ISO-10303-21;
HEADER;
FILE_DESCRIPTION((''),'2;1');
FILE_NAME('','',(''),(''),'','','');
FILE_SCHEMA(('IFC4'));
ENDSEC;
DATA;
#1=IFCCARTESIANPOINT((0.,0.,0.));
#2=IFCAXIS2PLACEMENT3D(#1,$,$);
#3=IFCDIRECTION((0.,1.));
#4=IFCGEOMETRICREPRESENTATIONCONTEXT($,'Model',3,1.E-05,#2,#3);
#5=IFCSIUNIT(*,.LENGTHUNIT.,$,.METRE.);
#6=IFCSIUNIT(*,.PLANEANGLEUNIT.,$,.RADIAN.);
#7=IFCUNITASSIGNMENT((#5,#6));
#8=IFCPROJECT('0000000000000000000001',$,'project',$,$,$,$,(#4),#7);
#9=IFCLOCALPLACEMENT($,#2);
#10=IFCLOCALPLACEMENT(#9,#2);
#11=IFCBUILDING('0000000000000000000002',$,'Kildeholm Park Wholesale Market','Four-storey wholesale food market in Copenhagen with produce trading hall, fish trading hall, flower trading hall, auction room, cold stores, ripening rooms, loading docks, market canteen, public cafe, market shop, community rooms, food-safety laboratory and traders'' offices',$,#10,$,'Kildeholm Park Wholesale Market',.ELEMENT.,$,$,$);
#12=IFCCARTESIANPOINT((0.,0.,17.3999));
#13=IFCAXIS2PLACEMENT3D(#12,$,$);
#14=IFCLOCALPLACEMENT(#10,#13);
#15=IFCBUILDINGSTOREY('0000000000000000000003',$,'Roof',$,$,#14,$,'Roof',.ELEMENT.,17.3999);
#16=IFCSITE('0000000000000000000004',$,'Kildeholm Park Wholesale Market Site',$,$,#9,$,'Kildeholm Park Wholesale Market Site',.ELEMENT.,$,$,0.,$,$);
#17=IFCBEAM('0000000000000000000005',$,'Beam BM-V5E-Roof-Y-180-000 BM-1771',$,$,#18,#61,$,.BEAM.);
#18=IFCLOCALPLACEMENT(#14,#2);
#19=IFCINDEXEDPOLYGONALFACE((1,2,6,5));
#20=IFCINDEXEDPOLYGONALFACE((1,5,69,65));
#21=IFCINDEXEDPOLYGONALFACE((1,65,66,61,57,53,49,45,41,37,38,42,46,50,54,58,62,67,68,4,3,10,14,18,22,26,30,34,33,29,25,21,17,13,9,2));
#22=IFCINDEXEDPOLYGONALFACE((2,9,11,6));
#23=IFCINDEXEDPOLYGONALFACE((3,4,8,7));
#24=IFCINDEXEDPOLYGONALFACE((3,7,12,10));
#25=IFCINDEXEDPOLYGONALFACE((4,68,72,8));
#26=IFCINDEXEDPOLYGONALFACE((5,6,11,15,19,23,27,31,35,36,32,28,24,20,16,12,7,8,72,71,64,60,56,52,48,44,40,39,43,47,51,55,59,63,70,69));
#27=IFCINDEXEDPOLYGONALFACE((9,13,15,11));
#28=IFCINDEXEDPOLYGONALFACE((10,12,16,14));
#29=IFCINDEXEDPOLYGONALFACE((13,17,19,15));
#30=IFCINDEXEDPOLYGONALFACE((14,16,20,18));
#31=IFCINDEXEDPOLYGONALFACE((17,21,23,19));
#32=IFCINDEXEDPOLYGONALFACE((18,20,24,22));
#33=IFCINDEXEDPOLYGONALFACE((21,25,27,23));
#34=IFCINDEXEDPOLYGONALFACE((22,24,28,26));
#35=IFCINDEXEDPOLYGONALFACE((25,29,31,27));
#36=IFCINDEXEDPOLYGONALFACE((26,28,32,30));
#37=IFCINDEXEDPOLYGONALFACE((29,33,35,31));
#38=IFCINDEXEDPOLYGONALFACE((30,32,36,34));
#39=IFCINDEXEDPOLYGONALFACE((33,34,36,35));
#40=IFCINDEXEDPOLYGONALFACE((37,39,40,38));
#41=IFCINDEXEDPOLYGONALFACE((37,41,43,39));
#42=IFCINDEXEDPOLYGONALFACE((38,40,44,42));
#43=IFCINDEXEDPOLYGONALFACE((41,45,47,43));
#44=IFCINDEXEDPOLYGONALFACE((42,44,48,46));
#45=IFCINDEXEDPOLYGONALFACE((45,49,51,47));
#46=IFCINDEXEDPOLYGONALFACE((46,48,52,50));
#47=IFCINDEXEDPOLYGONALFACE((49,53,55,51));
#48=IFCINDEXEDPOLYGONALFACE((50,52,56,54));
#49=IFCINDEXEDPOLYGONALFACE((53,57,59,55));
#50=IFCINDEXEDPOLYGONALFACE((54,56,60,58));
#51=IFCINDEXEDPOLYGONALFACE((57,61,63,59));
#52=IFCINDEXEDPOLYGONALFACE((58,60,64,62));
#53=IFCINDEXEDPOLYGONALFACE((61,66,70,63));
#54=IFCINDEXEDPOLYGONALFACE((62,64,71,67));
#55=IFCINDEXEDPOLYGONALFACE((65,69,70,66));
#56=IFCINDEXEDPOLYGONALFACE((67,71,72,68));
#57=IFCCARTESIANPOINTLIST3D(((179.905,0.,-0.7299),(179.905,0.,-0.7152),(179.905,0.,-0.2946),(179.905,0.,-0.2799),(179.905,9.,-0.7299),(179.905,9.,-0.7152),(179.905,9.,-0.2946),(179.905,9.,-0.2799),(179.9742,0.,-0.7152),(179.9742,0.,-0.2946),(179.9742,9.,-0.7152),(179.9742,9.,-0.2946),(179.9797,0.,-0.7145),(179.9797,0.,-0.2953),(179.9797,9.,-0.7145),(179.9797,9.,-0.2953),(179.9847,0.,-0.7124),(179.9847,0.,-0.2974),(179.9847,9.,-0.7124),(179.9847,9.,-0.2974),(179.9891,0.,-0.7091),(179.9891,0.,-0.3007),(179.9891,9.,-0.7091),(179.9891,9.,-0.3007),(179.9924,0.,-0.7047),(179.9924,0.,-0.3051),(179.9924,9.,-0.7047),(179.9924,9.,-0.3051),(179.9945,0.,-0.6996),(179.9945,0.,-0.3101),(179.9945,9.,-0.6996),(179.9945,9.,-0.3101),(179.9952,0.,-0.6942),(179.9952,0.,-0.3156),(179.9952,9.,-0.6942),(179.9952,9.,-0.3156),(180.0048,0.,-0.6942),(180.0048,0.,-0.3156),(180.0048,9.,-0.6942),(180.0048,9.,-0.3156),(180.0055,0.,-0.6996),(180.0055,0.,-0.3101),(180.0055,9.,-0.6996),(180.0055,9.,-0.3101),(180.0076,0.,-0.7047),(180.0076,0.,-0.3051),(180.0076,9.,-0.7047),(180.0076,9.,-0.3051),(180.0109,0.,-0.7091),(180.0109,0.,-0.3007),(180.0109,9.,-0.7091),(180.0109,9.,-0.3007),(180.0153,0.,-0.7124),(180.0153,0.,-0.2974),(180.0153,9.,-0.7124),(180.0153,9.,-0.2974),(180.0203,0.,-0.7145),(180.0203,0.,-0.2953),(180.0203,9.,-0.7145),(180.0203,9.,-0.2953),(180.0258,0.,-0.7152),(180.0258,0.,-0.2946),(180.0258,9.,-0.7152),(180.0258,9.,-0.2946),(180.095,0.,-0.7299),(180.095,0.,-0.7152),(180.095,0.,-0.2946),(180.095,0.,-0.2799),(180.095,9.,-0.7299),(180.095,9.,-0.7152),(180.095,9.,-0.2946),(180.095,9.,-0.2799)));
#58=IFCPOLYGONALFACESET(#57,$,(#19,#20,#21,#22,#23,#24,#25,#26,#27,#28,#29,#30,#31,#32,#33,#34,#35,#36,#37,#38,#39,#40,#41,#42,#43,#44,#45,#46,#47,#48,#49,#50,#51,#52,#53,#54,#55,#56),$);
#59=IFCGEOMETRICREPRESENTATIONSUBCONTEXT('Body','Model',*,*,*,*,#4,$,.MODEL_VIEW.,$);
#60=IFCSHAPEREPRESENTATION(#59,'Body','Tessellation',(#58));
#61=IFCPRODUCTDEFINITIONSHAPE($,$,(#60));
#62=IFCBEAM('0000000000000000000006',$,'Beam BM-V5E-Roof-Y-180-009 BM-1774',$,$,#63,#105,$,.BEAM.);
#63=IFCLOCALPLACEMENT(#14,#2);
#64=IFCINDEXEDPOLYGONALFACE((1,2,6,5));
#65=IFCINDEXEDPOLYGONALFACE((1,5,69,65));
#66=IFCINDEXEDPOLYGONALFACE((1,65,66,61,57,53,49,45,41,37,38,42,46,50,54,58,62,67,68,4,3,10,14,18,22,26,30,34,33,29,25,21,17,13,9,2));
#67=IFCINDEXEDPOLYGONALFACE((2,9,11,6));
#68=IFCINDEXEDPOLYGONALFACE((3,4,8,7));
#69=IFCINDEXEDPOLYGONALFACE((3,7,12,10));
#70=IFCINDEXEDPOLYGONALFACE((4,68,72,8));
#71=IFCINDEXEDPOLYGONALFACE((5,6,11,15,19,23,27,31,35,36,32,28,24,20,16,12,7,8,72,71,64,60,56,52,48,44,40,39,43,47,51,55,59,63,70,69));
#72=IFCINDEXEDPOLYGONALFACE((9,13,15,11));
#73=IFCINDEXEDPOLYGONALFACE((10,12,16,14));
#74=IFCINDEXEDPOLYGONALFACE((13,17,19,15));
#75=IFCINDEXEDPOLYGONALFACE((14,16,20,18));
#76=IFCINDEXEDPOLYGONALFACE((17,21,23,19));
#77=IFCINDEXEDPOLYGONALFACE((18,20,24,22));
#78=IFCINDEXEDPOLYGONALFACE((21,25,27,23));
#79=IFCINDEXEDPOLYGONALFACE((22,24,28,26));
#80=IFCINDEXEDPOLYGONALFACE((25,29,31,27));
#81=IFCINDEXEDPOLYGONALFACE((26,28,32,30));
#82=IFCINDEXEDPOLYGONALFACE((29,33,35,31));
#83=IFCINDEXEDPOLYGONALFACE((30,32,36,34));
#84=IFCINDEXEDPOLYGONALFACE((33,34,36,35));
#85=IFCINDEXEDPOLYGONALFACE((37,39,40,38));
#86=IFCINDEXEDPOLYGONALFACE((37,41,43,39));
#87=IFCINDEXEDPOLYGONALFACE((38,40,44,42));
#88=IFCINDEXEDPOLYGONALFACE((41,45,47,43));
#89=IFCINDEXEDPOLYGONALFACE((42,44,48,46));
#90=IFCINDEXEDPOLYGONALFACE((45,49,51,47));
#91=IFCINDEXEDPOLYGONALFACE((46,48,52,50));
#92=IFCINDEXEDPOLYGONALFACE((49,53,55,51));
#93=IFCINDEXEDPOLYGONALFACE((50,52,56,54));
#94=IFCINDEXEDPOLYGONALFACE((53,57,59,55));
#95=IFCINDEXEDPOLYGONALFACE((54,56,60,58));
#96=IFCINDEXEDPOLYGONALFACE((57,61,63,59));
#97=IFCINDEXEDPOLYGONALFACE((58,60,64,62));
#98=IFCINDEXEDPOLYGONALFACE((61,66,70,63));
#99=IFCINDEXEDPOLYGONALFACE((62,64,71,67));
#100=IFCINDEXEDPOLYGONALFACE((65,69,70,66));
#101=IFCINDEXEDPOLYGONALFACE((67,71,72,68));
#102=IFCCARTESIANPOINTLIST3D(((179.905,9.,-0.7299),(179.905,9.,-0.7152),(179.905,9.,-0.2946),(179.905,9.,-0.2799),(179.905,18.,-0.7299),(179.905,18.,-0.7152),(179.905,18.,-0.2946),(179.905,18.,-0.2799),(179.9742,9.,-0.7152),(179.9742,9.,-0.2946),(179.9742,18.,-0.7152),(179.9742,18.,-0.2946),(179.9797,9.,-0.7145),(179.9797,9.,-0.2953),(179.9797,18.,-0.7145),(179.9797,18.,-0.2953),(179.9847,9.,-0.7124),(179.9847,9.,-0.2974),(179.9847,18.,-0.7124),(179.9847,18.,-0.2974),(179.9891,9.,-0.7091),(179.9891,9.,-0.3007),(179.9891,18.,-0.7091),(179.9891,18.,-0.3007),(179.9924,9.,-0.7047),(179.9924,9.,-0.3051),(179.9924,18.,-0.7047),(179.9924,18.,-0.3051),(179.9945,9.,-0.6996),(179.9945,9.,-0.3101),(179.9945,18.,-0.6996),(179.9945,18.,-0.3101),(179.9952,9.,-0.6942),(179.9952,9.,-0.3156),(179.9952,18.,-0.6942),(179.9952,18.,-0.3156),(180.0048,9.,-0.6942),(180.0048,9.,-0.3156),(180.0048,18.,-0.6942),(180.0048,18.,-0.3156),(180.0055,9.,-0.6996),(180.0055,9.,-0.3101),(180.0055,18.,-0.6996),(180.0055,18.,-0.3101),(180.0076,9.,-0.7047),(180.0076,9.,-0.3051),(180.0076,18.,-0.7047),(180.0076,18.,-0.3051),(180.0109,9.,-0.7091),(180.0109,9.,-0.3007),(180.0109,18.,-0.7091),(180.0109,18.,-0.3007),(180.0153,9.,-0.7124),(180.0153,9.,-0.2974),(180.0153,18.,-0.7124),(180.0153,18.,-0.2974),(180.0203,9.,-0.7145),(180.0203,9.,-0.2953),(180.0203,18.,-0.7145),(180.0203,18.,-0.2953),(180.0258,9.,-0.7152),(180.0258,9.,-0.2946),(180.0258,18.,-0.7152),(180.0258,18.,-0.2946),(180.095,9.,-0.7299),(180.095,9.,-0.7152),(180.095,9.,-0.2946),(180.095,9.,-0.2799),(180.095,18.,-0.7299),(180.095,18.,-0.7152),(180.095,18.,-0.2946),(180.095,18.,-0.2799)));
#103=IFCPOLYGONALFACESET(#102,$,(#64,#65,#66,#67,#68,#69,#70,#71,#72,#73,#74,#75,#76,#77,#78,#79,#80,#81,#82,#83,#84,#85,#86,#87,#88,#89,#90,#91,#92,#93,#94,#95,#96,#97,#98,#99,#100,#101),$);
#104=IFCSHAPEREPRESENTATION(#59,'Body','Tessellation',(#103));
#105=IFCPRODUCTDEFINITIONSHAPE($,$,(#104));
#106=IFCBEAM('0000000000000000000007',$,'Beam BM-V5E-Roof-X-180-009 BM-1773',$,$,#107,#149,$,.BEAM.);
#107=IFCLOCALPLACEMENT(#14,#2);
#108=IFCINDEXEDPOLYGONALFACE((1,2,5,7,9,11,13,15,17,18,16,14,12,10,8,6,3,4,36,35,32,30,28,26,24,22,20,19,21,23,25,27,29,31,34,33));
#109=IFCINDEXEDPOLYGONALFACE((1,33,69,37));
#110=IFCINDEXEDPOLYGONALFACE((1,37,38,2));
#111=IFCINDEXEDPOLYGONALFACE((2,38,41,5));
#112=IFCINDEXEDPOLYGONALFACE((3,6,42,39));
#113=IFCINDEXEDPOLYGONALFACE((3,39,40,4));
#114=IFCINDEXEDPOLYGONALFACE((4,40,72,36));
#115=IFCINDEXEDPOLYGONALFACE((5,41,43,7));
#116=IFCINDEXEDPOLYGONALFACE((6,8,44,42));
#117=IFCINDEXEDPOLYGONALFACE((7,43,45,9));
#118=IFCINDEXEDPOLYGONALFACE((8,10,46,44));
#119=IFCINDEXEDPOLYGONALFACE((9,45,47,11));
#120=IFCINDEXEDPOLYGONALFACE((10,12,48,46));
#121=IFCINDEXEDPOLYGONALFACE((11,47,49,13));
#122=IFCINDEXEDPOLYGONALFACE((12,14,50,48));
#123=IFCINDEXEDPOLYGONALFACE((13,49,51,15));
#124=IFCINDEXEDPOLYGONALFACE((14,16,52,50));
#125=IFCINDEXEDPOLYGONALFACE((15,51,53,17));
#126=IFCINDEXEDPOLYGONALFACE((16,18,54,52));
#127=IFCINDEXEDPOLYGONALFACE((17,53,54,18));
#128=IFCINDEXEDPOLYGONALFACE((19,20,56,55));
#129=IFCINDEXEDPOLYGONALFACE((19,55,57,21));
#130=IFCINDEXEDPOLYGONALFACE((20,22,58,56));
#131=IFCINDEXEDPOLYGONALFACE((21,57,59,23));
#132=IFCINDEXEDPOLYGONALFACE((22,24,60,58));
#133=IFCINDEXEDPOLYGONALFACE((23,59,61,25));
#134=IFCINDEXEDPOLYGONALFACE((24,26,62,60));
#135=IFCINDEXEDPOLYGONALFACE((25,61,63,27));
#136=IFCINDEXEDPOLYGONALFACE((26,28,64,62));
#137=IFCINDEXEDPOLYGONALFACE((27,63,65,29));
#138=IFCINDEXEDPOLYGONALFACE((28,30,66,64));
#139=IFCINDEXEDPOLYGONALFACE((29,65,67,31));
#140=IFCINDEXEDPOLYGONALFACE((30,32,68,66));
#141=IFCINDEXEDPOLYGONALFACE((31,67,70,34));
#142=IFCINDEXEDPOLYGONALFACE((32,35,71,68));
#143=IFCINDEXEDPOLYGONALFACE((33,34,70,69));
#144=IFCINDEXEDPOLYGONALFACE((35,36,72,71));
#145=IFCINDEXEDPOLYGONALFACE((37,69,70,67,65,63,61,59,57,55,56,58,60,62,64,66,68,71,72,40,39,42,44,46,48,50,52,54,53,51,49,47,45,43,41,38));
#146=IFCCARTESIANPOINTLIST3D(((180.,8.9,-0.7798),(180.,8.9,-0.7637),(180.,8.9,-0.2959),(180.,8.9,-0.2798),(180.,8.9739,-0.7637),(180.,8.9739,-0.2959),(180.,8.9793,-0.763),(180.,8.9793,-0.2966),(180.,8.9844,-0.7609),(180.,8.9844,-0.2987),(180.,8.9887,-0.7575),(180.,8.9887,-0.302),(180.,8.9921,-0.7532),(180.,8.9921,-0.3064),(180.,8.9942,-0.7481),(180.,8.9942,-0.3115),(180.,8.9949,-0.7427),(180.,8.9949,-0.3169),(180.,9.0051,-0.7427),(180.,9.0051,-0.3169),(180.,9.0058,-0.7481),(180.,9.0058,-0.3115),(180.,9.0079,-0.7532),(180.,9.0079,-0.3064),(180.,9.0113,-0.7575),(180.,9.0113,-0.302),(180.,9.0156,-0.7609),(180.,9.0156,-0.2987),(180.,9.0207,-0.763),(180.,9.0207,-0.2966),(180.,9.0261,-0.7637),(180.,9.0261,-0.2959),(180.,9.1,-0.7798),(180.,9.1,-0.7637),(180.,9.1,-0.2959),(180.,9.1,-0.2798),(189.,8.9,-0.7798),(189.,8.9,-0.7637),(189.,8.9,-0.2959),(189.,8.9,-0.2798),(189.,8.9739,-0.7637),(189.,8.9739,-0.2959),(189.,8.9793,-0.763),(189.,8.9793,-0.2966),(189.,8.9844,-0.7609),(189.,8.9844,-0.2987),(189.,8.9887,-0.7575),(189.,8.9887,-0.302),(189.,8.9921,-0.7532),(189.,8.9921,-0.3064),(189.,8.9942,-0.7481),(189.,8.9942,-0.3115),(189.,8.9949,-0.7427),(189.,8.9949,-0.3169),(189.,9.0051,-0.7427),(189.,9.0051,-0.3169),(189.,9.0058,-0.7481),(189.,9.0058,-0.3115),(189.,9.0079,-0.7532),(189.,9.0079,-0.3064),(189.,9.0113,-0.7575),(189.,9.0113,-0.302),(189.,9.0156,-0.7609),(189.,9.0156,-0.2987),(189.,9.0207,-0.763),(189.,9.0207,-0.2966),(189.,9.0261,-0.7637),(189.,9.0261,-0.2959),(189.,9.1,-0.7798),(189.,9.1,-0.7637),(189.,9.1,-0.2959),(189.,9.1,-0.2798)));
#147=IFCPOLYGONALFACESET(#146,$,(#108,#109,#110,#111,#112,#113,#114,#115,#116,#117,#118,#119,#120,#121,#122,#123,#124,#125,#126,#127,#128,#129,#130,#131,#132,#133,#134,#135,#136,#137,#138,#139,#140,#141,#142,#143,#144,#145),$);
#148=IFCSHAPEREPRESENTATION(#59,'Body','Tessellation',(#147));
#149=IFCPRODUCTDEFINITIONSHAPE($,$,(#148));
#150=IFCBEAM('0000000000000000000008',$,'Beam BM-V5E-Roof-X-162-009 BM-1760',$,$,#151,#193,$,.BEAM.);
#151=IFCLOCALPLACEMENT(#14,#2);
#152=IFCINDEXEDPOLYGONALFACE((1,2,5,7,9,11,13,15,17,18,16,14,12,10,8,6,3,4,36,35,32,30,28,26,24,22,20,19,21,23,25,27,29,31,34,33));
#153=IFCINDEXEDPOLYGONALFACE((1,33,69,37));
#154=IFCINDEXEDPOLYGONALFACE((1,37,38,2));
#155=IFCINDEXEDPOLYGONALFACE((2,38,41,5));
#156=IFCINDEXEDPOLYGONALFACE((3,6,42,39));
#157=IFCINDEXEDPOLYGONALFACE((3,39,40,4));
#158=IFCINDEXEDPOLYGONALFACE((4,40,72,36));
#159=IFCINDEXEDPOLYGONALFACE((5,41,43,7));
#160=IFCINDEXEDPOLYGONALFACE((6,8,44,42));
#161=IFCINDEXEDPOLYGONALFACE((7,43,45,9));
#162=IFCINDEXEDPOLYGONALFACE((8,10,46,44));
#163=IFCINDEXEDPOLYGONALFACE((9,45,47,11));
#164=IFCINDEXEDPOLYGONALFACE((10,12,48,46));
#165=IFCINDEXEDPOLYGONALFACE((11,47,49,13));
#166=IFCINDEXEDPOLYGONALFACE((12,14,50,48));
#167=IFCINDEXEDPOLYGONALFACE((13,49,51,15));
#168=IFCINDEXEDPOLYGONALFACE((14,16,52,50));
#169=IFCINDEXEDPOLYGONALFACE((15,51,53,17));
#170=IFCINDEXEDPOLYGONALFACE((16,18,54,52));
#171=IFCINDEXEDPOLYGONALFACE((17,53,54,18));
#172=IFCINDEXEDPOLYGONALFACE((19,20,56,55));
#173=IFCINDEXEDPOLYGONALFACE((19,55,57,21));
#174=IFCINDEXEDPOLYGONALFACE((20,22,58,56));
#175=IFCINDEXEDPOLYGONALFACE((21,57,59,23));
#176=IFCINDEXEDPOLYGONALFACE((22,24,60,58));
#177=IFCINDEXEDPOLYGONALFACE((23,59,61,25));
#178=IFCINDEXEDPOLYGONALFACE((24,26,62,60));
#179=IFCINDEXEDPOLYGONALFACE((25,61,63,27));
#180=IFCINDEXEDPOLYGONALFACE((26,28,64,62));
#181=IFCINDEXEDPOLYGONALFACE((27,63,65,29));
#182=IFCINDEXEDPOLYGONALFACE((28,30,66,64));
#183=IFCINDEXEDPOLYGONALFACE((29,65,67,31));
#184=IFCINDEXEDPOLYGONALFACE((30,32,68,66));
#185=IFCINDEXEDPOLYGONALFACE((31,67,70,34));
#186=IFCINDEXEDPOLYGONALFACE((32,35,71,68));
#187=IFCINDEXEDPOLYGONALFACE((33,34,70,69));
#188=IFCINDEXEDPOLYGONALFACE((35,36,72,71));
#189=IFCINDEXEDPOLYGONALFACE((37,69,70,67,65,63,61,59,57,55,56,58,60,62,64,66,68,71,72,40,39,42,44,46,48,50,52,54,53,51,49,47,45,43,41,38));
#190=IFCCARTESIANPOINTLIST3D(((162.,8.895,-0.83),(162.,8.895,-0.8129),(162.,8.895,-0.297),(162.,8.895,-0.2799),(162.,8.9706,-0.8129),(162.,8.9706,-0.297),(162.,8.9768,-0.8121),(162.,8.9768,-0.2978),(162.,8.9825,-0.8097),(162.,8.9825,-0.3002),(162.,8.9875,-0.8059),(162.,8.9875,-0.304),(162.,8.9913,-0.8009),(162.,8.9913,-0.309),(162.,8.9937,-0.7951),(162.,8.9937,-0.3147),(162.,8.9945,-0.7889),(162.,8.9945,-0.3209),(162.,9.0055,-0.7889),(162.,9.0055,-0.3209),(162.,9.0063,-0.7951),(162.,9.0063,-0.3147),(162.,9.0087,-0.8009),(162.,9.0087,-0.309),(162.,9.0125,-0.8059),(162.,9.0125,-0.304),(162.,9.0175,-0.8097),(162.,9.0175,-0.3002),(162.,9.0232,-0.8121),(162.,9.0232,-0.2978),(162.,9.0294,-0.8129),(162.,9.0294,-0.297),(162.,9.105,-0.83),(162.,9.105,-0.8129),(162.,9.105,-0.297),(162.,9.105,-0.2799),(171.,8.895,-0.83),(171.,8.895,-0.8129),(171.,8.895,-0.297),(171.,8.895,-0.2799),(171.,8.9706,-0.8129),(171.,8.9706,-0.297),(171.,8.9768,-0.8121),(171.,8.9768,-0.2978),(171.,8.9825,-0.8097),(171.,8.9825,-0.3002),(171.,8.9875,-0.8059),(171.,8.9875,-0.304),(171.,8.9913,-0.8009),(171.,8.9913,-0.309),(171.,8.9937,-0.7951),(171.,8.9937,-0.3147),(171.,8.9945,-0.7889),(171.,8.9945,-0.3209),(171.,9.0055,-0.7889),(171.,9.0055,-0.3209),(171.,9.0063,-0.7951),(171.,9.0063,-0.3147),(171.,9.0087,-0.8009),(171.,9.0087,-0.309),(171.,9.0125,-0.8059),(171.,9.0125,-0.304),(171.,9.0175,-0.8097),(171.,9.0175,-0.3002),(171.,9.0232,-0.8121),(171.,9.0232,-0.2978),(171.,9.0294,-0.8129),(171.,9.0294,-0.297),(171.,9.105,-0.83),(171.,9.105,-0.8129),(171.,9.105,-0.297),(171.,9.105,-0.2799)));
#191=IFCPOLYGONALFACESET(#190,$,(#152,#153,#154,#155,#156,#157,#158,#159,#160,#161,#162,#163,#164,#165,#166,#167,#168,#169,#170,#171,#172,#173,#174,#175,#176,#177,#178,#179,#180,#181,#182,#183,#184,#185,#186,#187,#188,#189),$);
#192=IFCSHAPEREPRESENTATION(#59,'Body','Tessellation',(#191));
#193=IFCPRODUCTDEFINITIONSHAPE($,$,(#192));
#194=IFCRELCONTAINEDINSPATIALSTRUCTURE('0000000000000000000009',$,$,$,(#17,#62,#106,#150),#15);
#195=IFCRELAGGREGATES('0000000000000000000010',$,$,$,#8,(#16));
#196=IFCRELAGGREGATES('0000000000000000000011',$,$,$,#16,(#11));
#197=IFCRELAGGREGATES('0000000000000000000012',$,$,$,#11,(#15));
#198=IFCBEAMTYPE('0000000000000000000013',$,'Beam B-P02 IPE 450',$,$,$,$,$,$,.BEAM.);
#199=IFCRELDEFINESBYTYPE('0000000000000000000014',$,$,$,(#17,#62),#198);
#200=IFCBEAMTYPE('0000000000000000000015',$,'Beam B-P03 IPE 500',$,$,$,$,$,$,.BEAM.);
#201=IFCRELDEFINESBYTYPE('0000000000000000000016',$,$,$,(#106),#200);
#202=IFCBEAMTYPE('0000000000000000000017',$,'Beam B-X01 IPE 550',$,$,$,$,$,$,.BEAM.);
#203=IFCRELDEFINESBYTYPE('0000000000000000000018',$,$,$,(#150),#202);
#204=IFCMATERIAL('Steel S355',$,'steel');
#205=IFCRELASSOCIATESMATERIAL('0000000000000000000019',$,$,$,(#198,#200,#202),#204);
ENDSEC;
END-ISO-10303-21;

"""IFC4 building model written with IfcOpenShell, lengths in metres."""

from ifc_helpers import new_model, si_unit, direction, frame, origin, origin_2d, place, context, subcontext, project, spatial, i_section, extrude, material, material_profile, profile_set, type_object, element, save


model = new_model("IFC4")

# Units and contexts
model_context = context("Model", 3, precision=1e-05, world=origin(), true_north=direction((0.0, 1.0)))
body_context = subcontext(model_context, "Body", "Model", "MODEL_VIEW")
ifc_project = project(units=[si_unit("LENGTHUNIT", "METRE"), si_unit("PLANEANGLEUNIT", "RADIAN")], contexts=[model_context])

# Site, building, storey
site_placement = place(None, origin())
site = spatial("IfcSite", under=ifc_project, at=site_placement, Name="Kildeholm Park Wholesale Market Site", LongName="Kildeholm Park Wholesale Market Site", CompositionType="ELEMENT", RefElevation=0.0)
building_placement = place(site_placement, origin())
building = spatial("IfcBuilding", under=site, at=building_placement, Name="Kildeholm Park Wholesale Market", Description="Four-storey wholesale food market in Copenhagen with produce trading hall, fish trading hall, flower trading hall, auction room, cold stores, ripening rooms, loading docks, market canteen, public cafe, market shop, community rooms, food-safety laboratory and traders' offices", LongName="Kildeholm Park Wholesale Market", CompositionType="ELEMENT")
storey_placement = place(building_placement, frame((0.0, 0.0, 17.3999)))
storey = spatial("IfcBuildingStorey", under=building, at=storey_placement, Name="Roof", LongName="Roof", CompositionType="ELEMENT", Elevation=17.3999)

# Beams
ifc_material = material(Name="Steel S355", Category="steel")
ifc_material_profile_1 = material_profile(ifc_material, i_section(OverallWidth=0.1899, OverallDepth=0.45, WebThickness=0.0095, FlangeThickness=0.0146, FilletRadius=0.021, at=origin_2d()), Name="IPE 450")
ifc_profile_set_1 = profile_set([ifc_material_profile_1], Name="Steel S355")
beam_type_1 = type_object("IfcBeamType", Name="Beam B-P02 IPE 450", PredefinedType="BEAM", material=ifc_profile_set_1)
for number, where, z_axis, x_axis, name in (
    (1, (180.0, 0.0, -0.5049), (0.0, 1.0, 0.0), (-1.0, 0.0, 0.0), "Beam BM-V5E-Roof-Y-180-000 BM-1771"),
    (2, (180.0, 9.0, -0.5049), (0.0, 1.0, 0.0), (-1.0, 0.0, 0.0), "Beam BM-V5E-Roof-Y-180-009 BM-1774"),
):
    element("IfcBeam", number, at=place(storey_placement, frame(where, z_axis=z_axis, x_axis=x_axis)), inside=storey, type_object=beam_type_1, Name=name, PredefinedType="BEAM", context=body_context, shape_type="SweptSolid", body=[
        extrude(i_section(OverallWidth=0.1899, OverallDepth=0.45, WebThickness=0.0095, FlangeThickness=0.0146, FilletRadius=0.021, at=origin_2d()), origin(), (0.0, 0.0, 1.0), 9.0),
    ])
ifc_material_profile_2 = material_profile(ifc_material, i_section(OverallWidth=0.2, OverallDepth=0.5, WebThickness=0.0103, FlangeThickness=0.0161, FilletRadius=0.021, at=origin_2d()), Name="IPE 500")
ifc_profile_set_2 = profile_set([ifc_material_profile_2], Name="Steel S355")
beam_type_2 = type_object("IfcBeamType", Name="Beam B-P03 IPE 500", PredefinedType="BEAM", material=ifc_profile_set_2)
beam_1_placement = place(storey_placement, frame((180.0, 9.0, -0.5298), z_axis=(1.0, 0.0, 0.0), x_axis=(0.0, 1.0, 0.0)))
element("IfcBeam", 3, at=beam_1_placement, inside=storey, type_object=beam_type_2, Name="Beam BM-V5E-Roof-X-180-009 BM-1773", PredefinedType="BEAM", context=body_context, shape_type="SweptSolid", body=[
    extrude(i_section(OverallWidth=0.2, OverallDepth=0.5, WebThickness=0.0103, FlangeThickness=0.0161, FilletRadius=0.021, at=origin_2d()), origin(), (0.0, 0.0, 1.0), 9.0),
])
ifc_material_profile_3 = material_profile(ifc_material, i_section(OverallWidth=0.21, OverallDepth=0.55, WebThickness=0.011, FlangeThickness=0.0171, FilletRadius=0.0239, at=origin_2d()), Name="IPE 550")
ifc_profile_set_3 = profile_set([ifc_material_profile_3], Name="Steel S355")
beam_type_3 = type_object("IfcBeamType", Name="Beam B-X01 IPE 550", PredefinedType="BEAM", material=ifc_profile_set_3)
beam_2_placement = place(storey_placement, frame((162.0, 9.0, -0.5549), z_axis=(1.0, 0.0, 0.0), x_axis=(0.0, 1.0, 0.0)))
element("IfcBeam", 4, at=beam_2_placement, inside=storey, type_object=beam_type_3, Name="Beam BM-V5E-Roof-X-162-009 BM-1760", PredefinedType="BEAM", context=body_context, shape_type="SweptSolid", body=[
    extrude(i_section(OverallWidth=0.21, OverallDepth=0.55, WebThickness=0.011, FlangeThickness=0.0171, FilletRadius=0.0239, at=origin_2d()), origin(), (0.0, 0.0, 1.0), 9.0),
])

save(model, "model.ifc")
